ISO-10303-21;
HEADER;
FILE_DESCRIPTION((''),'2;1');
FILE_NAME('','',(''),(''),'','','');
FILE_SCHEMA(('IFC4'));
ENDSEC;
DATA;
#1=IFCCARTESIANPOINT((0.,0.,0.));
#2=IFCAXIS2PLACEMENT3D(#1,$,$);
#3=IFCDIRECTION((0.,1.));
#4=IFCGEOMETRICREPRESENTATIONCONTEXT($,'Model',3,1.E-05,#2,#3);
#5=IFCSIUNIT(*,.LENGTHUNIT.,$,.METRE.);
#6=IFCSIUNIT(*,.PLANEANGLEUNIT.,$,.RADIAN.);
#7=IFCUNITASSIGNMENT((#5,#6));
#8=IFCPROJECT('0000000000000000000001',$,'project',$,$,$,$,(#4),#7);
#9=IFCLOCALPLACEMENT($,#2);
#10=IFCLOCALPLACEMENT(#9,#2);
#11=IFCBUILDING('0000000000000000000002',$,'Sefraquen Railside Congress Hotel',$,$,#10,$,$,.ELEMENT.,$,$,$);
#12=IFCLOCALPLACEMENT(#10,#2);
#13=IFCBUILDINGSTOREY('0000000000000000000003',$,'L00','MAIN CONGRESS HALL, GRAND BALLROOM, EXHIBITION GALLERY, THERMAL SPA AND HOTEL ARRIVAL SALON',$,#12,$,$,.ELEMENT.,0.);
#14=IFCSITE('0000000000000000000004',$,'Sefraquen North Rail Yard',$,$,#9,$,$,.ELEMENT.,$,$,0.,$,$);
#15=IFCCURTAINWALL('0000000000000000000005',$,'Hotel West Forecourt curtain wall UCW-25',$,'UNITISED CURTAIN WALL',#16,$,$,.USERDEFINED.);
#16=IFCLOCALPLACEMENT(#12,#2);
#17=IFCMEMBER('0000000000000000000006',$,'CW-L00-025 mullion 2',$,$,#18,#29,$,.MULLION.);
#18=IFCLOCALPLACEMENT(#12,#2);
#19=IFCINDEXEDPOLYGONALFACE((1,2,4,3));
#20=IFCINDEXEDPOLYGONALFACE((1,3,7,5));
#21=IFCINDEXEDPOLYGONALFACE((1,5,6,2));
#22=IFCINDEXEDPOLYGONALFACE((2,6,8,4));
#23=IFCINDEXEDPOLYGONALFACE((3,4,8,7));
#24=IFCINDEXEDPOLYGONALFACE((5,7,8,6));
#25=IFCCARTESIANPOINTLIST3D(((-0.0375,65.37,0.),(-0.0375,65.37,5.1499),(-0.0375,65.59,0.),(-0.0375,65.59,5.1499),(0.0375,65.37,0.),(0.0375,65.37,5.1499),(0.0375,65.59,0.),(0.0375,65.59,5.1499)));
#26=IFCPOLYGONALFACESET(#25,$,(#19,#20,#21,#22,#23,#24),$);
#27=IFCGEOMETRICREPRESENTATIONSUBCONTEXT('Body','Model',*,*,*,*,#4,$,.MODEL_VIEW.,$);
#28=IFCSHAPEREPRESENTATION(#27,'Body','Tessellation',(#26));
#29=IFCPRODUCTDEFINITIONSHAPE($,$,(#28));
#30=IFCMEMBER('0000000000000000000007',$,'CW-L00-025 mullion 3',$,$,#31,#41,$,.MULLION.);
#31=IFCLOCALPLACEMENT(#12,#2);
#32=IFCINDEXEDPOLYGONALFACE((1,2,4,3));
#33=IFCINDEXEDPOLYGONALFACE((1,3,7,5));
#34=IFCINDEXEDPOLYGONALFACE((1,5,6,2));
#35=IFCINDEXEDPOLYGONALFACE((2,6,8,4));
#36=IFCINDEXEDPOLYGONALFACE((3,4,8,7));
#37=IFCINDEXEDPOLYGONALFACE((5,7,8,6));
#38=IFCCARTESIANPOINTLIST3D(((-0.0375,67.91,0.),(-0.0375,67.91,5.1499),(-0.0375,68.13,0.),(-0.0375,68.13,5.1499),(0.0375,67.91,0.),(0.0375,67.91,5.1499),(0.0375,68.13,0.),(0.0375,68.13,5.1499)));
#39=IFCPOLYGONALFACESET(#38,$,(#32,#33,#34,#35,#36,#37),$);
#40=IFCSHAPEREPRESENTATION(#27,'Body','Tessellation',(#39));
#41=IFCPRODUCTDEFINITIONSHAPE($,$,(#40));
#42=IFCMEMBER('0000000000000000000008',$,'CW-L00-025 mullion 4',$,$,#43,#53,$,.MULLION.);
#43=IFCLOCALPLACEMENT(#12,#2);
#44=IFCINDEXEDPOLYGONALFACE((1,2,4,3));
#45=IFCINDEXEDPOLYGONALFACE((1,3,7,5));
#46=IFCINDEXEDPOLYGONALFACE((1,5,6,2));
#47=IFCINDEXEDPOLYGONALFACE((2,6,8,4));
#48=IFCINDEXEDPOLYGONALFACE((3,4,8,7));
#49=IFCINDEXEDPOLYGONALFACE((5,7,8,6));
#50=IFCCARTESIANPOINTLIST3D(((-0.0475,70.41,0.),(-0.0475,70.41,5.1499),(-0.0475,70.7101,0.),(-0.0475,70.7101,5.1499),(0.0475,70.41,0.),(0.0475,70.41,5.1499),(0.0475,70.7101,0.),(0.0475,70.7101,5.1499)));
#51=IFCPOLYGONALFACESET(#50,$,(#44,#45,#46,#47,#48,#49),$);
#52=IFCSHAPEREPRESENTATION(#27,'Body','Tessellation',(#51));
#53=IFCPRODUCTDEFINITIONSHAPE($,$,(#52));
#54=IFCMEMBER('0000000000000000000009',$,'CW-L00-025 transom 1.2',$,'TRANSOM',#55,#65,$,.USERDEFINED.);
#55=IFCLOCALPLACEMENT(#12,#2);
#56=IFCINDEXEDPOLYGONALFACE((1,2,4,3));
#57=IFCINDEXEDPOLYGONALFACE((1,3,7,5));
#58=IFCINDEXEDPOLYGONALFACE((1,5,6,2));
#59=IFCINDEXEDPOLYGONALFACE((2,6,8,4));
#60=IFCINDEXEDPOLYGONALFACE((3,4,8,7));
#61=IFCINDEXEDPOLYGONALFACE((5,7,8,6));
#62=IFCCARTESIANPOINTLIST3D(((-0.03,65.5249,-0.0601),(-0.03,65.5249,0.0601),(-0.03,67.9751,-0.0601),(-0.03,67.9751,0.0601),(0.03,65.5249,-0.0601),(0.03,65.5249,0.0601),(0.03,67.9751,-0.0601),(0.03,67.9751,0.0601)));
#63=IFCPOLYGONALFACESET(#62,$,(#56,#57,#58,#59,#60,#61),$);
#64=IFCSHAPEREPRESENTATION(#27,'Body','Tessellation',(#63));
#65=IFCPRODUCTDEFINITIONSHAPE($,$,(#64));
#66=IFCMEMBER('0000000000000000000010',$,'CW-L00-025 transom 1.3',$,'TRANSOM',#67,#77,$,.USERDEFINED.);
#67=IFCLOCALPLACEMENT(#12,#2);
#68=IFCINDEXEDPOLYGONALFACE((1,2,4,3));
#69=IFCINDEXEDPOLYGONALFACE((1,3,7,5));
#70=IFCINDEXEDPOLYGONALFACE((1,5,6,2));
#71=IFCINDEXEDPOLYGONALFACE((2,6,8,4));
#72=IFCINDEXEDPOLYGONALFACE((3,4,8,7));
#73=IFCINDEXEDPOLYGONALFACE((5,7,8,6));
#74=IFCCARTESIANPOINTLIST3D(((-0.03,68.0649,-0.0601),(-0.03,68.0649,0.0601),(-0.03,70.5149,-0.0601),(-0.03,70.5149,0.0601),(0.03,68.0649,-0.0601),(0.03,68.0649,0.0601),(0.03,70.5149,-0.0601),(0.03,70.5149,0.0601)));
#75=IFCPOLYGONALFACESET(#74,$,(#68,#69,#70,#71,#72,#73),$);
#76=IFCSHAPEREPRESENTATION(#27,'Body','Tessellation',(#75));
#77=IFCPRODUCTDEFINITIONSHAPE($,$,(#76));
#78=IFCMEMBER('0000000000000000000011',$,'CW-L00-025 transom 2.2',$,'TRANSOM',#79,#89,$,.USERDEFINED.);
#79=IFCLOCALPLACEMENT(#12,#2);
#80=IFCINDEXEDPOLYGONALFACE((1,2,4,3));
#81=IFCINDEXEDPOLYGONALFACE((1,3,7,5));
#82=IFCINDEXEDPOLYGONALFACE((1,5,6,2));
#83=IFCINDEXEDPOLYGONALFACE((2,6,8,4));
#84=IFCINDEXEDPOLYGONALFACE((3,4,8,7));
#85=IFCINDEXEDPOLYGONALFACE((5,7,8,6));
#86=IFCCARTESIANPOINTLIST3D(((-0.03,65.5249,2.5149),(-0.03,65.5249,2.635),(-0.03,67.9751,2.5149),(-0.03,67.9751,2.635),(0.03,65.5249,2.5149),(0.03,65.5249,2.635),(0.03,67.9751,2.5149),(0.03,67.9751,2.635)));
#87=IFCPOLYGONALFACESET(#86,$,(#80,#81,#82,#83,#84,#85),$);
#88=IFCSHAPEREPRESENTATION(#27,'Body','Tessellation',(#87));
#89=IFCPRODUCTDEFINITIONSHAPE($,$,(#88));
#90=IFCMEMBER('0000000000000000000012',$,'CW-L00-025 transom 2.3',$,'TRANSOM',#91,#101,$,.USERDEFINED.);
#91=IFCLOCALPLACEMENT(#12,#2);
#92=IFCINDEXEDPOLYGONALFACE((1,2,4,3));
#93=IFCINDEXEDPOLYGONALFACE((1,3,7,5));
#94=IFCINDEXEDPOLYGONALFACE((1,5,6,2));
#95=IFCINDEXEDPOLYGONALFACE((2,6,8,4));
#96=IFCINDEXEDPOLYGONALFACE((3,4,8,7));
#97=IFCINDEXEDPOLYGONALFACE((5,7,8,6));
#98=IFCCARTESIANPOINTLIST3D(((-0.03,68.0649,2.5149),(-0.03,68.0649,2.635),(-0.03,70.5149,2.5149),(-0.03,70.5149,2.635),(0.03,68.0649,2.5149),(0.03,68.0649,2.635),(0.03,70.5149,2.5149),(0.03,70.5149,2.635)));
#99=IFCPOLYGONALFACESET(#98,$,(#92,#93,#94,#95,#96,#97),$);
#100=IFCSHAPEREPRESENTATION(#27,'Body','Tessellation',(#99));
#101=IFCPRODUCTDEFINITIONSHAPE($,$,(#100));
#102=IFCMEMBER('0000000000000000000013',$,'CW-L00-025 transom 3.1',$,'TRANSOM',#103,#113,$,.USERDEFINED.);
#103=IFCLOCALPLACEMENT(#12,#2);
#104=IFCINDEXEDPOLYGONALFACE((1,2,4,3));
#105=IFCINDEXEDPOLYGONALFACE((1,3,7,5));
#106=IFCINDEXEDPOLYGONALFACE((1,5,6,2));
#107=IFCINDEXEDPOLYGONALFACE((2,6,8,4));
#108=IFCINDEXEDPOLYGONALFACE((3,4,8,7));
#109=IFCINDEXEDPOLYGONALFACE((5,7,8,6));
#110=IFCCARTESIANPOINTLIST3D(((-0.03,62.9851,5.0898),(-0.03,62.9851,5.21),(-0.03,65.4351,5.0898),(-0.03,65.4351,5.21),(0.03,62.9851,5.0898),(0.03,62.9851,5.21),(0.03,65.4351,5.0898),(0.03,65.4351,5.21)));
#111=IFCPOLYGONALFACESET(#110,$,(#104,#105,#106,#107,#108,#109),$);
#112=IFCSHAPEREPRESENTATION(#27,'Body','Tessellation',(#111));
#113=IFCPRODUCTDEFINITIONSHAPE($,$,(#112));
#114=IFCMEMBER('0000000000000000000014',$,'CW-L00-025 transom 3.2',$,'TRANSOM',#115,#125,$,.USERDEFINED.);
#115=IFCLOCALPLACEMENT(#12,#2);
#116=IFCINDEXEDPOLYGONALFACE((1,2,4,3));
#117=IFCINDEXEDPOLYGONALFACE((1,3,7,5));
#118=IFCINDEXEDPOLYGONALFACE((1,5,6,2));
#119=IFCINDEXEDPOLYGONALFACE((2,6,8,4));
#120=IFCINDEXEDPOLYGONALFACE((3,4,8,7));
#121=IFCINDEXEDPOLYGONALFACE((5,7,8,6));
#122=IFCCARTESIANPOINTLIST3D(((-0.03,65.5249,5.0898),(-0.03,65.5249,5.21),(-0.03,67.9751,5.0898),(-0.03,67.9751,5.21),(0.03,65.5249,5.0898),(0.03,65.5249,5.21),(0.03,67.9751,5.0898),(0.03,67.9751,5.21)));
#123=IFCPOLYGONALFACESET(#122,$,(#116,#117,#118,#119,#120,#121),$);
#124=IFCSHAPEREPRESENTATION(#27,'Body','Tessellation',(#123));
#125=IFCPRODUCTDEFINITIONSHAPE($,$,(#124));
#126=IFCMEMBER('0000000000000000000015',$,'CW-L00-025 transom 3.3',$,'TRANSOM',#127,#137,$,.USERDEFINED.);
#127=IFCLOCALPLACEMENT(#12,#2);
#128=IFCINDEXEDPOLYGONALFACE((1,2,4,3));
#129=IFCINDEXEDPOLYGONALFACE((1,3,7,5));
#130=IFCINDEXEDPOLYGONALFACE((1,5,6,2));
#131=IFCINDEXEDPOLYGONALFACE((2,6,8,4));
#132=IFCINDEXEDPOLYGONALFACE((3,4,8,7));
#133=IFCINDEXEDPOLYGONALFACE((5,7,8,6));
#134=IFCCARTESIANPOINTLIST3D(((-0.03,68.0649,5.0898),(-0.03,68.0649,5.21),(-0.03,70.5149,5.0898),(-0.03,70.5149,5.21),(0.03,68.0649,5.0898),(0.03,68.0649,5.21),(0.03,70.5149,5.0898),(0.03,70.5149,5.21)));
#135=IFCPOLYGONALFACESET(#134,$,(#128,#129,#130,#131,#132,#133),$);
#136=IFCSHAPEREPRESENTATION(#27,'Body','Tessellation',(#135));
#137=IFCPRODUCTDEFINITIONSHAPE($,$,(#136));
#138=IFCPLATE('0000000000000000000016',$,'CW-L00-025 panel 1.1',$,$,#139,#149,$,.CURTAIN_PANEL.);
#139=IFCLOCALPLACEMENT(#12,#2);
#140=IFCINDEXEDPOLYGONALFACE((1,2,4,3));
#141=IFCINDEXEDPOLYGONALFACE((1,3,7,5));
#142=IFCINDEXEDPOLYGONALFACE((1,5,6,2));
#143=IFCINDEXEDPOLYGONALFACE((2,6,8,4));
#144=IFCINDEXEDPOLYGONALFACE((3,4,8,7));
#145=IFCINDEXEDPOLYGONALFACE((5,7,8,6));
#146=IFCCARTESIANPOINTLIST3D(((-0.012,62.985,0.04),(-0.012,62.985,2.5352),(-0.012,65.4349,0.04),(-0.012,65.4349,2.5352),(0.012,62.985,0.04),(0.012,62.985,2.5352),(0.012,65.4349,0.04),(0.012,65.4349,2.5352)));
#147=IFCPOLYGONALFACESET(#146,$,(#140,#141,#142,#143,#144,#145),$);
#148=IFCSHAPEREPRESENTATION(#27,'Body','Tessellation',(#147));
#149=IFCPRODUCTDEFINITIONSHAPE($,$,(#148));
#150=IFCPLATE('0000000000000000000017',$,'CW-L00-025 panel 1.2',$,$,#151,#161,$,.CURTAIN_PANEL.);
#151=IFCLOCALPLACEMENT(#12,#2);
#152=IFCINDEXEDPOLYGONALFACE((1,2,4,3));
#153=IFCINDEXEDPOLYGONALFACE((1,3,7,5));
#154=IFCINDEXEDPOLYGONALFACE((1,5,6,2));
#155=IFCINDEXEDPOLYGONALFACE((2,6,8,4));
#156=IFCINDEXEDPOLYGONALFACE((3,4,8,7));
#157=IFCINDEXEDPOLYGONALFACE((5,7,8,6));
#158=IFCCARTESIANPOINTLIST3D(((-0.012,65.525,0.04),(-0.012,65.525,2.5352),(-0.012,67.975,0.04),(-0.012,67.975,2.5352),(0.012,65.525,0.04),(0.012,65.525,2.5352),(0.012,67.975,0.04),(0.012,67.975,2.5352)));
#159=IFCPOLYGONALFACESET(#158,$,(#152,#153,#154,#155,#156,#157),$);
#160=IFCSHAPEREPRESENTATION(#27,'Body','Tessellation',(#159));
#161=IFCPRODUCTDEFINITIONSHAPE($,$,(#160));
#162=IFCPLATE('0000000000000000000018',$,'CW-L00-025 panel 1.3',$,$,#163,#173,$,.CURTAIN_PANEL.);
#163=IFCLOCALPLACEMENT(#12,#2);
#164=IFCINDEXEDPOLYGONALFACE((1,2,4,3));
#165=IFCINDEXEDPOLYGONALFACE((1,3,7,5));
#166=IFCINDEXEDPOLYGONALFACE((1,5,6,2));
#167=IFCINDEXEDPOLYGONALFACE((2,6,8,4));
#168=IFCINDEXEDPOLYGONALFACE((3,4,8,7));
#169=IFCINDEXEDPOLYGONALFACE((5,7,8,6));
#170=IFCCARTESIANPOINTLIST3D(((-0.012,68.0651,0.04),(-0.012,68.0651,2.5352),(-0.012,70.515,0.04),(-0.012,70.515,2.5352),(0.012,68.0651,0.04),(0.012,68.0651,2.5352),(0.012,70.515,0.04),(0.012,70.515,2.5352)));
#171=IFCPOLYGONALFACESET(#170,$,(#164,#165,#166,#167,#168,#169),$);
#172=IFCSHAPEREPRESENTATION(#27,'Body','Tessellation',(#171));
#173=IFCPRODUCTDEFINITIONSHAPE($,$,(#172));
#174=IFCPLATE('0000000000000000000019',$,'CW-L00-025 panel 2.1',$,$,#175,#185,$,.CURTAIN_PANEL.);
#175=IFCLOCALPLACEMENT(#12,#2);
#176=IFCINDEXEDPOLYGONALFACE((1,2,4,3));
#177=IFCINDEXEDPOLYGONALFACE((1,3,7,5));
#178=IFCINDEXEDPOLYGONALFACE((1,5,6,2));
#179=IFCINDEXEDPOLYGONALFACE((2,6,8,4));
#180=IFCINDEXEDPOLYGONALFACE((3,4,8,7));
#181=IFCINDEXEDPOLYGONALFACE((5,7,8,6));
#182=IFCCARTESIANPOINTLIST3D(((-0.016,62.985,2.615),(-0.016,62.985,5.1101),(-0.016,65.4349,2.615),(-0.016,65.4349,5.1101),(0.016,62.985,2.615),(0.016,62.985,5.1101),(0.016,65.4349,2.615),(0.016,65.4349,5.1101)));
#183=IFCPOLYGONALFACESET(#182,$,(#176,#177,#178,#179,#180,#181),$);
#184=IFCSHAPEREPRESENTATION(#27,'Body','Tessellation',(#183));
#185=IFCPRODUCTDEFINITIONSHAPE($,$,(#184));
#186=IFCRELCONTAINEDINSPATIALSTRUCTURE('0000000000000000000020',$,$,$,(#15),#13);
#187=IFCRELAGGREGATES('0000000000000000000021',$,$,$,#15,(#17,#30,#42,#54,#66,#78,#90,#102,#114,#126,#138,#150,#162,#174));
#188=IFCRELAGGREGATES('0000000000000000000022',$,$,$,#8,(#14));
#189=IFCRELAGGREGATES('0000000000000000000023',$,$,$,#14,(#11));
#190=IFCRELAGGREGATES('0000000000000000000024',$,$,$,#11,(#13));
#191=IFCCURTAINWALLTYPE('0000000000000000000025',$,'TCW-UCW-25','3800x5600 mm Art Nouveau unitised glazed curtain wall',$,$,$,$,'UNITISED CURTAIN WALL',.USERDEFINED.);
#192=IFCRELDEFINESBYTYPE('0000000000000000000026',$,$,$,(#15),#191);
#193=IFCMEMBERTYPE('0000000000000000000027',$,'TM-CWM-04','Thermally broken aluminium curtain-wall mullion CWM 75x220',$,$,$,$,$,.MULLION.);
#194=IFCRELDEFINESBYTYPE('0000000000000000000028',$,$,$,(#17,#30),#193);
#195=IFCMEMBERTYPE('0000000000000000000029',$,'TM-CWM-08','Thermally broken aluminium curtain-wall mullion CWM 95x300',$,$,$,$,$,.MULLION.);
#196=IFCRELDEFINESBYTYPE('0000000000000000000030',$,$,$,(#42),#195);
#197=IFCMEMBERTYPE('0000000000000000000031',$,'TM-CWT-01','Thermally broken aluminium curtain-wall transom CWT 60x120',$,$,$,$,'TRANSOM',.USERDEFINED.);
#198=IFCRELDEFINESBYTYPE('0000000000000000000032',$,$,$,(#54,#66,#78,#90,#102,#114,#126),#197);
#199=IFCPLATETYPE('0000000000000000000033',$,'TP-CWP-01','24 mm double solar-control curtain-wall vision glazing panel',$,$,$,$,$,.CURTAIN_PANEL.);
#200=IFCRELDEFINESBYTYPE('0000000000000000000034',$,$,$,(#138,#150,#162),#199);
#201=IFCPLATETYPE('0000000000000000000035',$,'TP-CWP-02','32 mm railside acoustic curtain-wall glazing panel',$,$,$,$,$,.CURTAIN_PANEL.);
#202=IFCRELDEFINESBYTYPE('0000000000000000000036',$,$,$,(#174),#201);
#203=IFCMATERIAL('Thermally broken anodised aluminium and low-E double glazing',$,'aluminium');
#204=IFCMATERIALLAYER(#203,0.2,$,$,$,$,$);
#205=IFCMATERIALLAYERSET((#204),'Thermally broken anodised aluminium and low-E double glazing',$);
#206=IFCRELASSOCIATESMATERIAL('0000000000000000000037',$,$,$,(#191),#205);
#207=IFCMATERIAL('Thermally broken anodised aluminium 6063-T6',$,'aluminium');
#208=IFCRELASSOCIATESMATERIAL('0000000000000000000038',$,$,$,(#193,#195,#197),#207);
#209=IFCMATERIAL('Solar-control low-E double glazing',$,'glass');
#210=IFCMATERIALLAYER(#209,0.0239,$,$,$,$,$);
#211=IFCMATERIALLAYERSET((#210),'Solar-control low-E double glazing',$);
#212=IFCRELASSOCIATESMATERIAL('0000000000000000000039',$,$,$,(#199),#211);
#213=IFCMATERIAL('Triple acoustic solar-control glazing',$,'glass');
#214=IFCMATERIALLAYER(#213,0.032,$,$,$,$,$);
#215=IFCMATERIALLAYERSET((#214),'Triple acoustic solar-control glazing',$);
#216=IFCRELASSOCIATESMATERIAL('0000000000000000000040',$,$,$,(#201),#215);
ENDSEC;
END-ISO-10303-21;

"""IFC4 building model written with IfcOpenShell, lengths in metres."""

from ifc_helpers import new_model, si_unit, direction, frame, origin, origin_2d, place, context, subcontext, project, spatial, rectangle, extrude, material, layer, layer_set, material_profile, profile_set, type_object, element, aggregate, save


model = new_model("IFC4")

# Units and contexts
model_context = context("Model", 3, precision=1e-05, world=origin(), true_north=direction((0.0, 1.0)))
body_context = subcontext(model_context, "Body", "Model", "MODEL_VIEW")
ifc_project = project(units=[si_unit("LENGTHUNIT", "METRE"), si_unit("PLANEANGLEUNIT", "RADIAN")], contexts=[model_context])

# Site, building, storey
site_placement = place(None, origin())
site = spatial("IfcSite", under=ifc_project, at=site_placement, Name="Sefraquen North Rail Yard", CompositionType="ELEMENT", RefElevation=0.0)
building_placement = place(site_placement, origin())
building = spatial("IfcBuilding", under=site, at=building_placement, Name="Sefraquen Railside Congress Hotel", CompositionType="ELEMENT")
storey_placement = place(building_placement, origin())
storey = spatial("IfcBuildingStorey", under=building, at=storey_placement, Name="L00", Description="MAIN CONGRESS HALL, GRAND BALLROOM, EXHIBITION GALLERY, THERMAL SPA AND HOTEL ARRIVAL SALON", CompositionType="ELEMENT", Elevation=0.0)

# Curtain wall, members, plates
ifc_material_1 = material(Name="Thermally broken anodised aluminium and low-E double glazing", Category="aluminium")
ifc_layer_1 = layer(ifc_material_1, 0.2)
ifc_layer_set_1 = layer_set([ifc_layer_1], Name="Thermally broken anodised aluminium and low-E double glazing")
curtain_wall_type = type_object("IfcCurtainWallType", Name="TCW-UCW-25", Description="3800x5600 mm Art Nouveau unitised glazed curtain wall", ElementType="UNITISED CURTAIN WALL", PredefinedType="USERDEFINED", material=ifc_layer_set_1)
curtain_wall_placement = place(storey_placement, origin())
curtain_wall = element("IfcCurtainWall", 1, at=curtain_wall_placement, inside=storey, type_object=curtain_wall_type, Name="Hotel West Forecourt curtain wall UCW-25", ObjectType="UNITISED CURTAIN WALL", PredefinedType="USERDEFINED")
ifc_material_2 = material(Name="Thermally broken anodised aluminium 6063-T6", Category="aluminium")
ifc_material_profile_1 = material_profile(ifc_material_2, rectangle(XDim=0.075, YDim=0.22, at=origin_2d()), Name="CWM 75x220")
ifc_profile_set_1 = profile_set([ifc_material_profile_1], Name="Thermally broken anodised aluminium 6063-T6")
member_type_1 = type_object("IfcMemberType", Name="TM-CWM-04", Description="Thermally broken aluminium curtain-wall mullion CWM 75x220", PredefinedType="MULLION", material=ifc_profile_set_1)
member_1_placement = place(storey_placement, frame((0.0, 65.48, 0.0), z_axis=(0.0, 0.0, 1.0), x_axis=(1.0, 0.0, 0.0)))
member_1 = element("IfcMember", 2, at=member_1_placement, type_object=member_type_1, Name="CW-L00-025 mullion 2", PredefinedType="MULLION", context=body_context, shape_type="SweptSolid", body=[
    extrude(rectangle(XDim=0.075, YDim=0.22, at=origin_2d()), origin(), (0.0, 0.0, 1.0), 5.1499),
])
member_2_placement = place(storey_placement, frame((0.0, 68.02, 0.0), z_axis=(0.0, 0.0, 1.0), x_axis=(1.0, 0.0, 0.0)))
member_2 = element("IfcMember", 3, at=member_2_placement, type_object=member_type_1, Name="CW-L00-025 mullion 3", PredefinedType="MULLION", context=body_context, shape_type="SweptSolid", body=[
    extrude(rectangle(XDim=0.075, YDim=0.22, at=origin_2d()), origin(), (0.0, 0.0, 1.0), 5.1499),
])
ifc_material_profile_2 = material_profile(ifc_material_2, rectangle(XDim=0.095, YDim=0.3, at=origin_2d()), Name="CWM 95x300")
ifc_profile_set_2 = profile_set([ifc_material_profile_2], Name="Thermally broken anodised aluminium 6063-T6")
member_type_2 = type_object("IfcMemberType", Name="TM-CWM-08", Description="Thermally broken aluminium curtain-wall mullion CWM 95x300", PredefinedType="MULLION", material=ifc_profile_set_2)
member_3_placement = place(storey_placement, frame((0.0, 70.5601, 0.0), z_axis=(0.0, 0.0, 1.0), x_axis=(1.0, 0.0, 0.0)))
member_3 = element("IfcMember", 4, at=member_3_placement, type_object=member_type_2, Name="CW-L00-025 mullion 4", PredefinedType="MULLION", context=body_context, shape_type="SweptSolid", body=[
    extrude(rectangle(XDim=0.095, YDim=0.3, at=origin_2d()), origin(), (0.0, 0.0, 1.0), 5.1499),
])
ifc_material_profile_3 = material_profile(ifc_material_2, rectangle(XDim=0.0601, YDim=0.1201, at=origin_2d()), Name="CWT 60x120")
ifc_profile_set_3 = profile_set([ifc_material_profile_3], Name="Thermally broken anodised aluminium 6063-T6")
member_type_3 = type_object("IfcMemberType", Name="TM-CWT-01", Description="Thermally broken aluminium curtain-wall transom CWT 60x120", ElementType="TRANSOM", PredefinedType="USERDEFINED", material=ifc_profile_set_3)
member_4_placement = place(storey_placement, frame((0.0, 65.5249, 0.0), z_axis=(0.0, 1.0, 0.0), x_axis=(-1.0, 0.0, 0.0)))
member_4 = element("IfcMember", 5, at=member_4_placement, type_object=member_type_3, Name="CW-L00-025 transom 1.2", ObjectType="TRANSOM", PredefinedType="USERDEFINED", context=body_context, shape_type="SweptSolid", body=[
    extrude(rectangle(XDim=0.0601, YDim=0.1201, at=origin_2d()), origin(), (0.0, 0.0, 1.0), 2.4502),
])
member_5_placement = place(storey_placement, frame((0.0, 68.0649, 0.0), z_axis=(0.0, 1.0, 0.0), x_axis=(-1.0, 0.0, 0.0)))
member_5 = element("IfcMember", 6, at=member_5_placement, type_object=member_type_3, Name="CW-L00-025 transom 1.3", ObjectType="TRANSOM", PredefinedType="USERDEFINED", context=body_context, shape_type="SweptSolid", body=[
    extrude(rectangle(XDim=0.0601, YDim=0.1201, at=origin_2d()), origin(), (0.0, 0.0, 1.0), 2.45),
])
member_6_placement = place(storey_placement, frame((0.0, 65.5249, 2.575), z_axis=(0.0, 1.0, 0.0), x_axis=(-1.0, 0.0, 0.0)))
member_6 = element("IfcMember", 7, at=member_6_placement, type_object=member_type_3, Name="CW-L00-025 transom 2.2", ObjectType="TRANSOM", PredefinedType="USERDEFINED", context=body_context, shape_type="SweptSolid", body=[
    extrude(rectangle(XDim=0.0601, YDim=0.1201, at=origin_2d()), origin(), (0.0, 0.0, 1.0), 2.4502),
])
member_7_placement = place(storey_placement, frame((0.0, 68.0649, 2.575), z_axis=(0.0, 1.0, 0.0), x_axis=(-1.0, 0.0, 0.0)))
member_7 = element("IfcMember", 8, at=member_7_placement, type_object=member_type_3, Name="CW-L00-025 transom 2.3", ObjectType="TRANSOM", PredefinedType="USERDEFINED", context=body_context, shape_type="SweptSolid", body=[
    extrude(rectangle(XDim=0.0601, YDim=0.1201, at=origin_2d()), origin(), (0.0, 0.0, 1.0), 2.45),
])
member_8_placement = place(storey_placement, frame((0.0, 62.9851, 5.1499), z_axis=(0.0, 1.0, 0.0), x_axis=(-1.0, 0.0, 0.0)))
member_8 = element("IfcMember", 9, at=member_8_placement, type_object=member_type_3, Name="CW-L00-025 transom 3.1", ObjectType="TRANSOM", PredefinedType="USERDEFINED", context=body_context, shape_type="SweptSolid", body=[
    extrude(rectangle(XDim=0.0601, YDim=0.1201, at=origin_2d()), origin(), (0.0, 0.0, 1.0), 2.45),
])
member_9_placement = place(storey_placement, frame((0.0, 65.5249, 5.1499), z_axis=(0.0, 1.0, 0.0), x_axis=(-1.0, 0.0, 0.0)))
member_9 = element("IfcMember", 10, at=member_9_placement, type_object=member_type_3, Name="CW-L00-025 transom 3.2", ObjectType="TRANSOM", PredefinedType="USERDEFINED", context=body_context, shape_type="SweptSolid", body=[
    extrude(rectangle(XDim=0.0601, YDim=0.1201, at=origin_2d()), origin(), (0.0, 0.0, 1.0), 2.4502),
])
member_10_placement = place(storey_placement, frame((0.0, 68.0649, 5.1499), z_axis=(0.0, 1.0, 0.0), x_axis=(-1.0, 0.0, 0.0)))
member_10 = element("IfcMember", 11, at=member_10_placement, type_object=member_type_3, Name="CW-L00-025 transom 3.3", ObjectType="TRANSOM", PredefinedType="USERDEFINED", context=body_context, shape_type="SweptSolid", body=[
    extrude(rectangle(XDim=0.0601, YDim=0.1201, at=origin_2d()), origin(), (0.0, 0.0, 1.0), 2.45),
])
ifc_material_3 = material(Name="Solar-control low-E double glazing", Category="glass")
ifc_layer_2 = layer(ifc_material_3, 0.0239)
ifc_layer_set_2 = layer_set([ifc_layer_2], Name="Solar-control low-E double glazing")
plate_type_1 = type_object("IfcPlateType", Name="TP-CWP-01", Description="24 mm double solar-control curtain-wall vision glazing panel", PredefinedType="CURTAIN_PANEL", material=ifc_layer_set_2)
plate_1_placement = place(storey_placement, frame((0.0, 64.21, 0.04), z_axis=(0.0, 0.0, 1.0), x_axis=(0.0, 1.0, 0.0)))
plate_1 = element("IfcPlate", 12, at=plate_1_placement, type_object=plate_type_1, Name="CW-L00-025 panel 1.1", PredefinedType="CURTAIN_PANEL", context=body_context, shape_type="SweptSolid", body=[
    extrude(rectangle(XDim=2.45, YDim=0.0239, at=origin_2d()), origin(), (0.0, 0.0, 1.0), 2.4951),
])
plate_2_placement = place(storey_placement, frame((0.0, 66.75, 0.04), z_axis=(0.0, 0.0, 1.0), x_axis=(0.0, 1.0, 0.0)))
plate_2 = element("IfcPlate", 13, at=plate_2_placement, type_object=plate_type_1, Name="CW-L00-025 panel 1.2", PredefinedType="CURTAIN_PANEL", context=body_context, shape_type="SweptSolid", body=[
    extrude(rectangle(XDim=2.45, YDim=0.0239, at=origin_2d()), origin(), (0.0, 0.0, 1.0), 2.4951),
])
plate_3_placement = place(storey_placement, frame((0.0, 69.29, 0.04), z_axis=(0.0, 0.0, 1.0), x_axis=(0.0, 1.0, 0.0)))
plate_3 = element("IfcPlate", 14, at=plate_3_placement, type_object=plate_type_1, Name="CW-L00-025 panel 1.3", PredefinedType="CURTAIN_PANEL", context=body_context, shape_type="SweptSolid", body=[
    extrude(rectangle(XDim=2.45, YDim=0.0239, at=origin_2d()), origin(), (0.0, 0.0, 1.0), 2.4951),
])
ifc_material_4 = material(Name="Triple acoustic solar-control glazing", Category="glass")
ifc_layer_3 = layer(ifc_material_4, 0.032)
ifc_layer_set_3 = layer_set([ifc_layer_3], Name="Triple acoustic solar-control glazing")
plate_type_2 = type_object("IfcPlateType", Name="TP-CWP-02", Description="32 mm railside acoustic curtain-wall glazing panel", PredefinedType="CURTAIN_PANEL", material=ifc_layer_set_3)
plate_4_placement = place(storey_placement, frame((0.0, 64.21, 2.615), z_axis=(0.0, 0.0, 1.0), x_axis=(0.0, 1.0, 0.0)))
plate_4 = element("IfcPlate", 15, at=plate_4_placement, type_object=plate_type_2, Name="CW-L00-025 panel 2.1", PredefinedType="CURTAIN_PANEL", context=body_context, shape_type="SweptSolid", body=[
    extrude(rectangle(XDim=2.45, YDim=0.032, at=origin_2d()), origin(), (0.0, 0.0, 1.0), 2.4951),
])
aggregate(curtain_wall, [member_1, member_2, member_3, member_4, member_5, member_6, member_7, member_8, member_9, member_10, plate_1, plate_2, plate_3, plate_4])

save(model, "model.ifc")
